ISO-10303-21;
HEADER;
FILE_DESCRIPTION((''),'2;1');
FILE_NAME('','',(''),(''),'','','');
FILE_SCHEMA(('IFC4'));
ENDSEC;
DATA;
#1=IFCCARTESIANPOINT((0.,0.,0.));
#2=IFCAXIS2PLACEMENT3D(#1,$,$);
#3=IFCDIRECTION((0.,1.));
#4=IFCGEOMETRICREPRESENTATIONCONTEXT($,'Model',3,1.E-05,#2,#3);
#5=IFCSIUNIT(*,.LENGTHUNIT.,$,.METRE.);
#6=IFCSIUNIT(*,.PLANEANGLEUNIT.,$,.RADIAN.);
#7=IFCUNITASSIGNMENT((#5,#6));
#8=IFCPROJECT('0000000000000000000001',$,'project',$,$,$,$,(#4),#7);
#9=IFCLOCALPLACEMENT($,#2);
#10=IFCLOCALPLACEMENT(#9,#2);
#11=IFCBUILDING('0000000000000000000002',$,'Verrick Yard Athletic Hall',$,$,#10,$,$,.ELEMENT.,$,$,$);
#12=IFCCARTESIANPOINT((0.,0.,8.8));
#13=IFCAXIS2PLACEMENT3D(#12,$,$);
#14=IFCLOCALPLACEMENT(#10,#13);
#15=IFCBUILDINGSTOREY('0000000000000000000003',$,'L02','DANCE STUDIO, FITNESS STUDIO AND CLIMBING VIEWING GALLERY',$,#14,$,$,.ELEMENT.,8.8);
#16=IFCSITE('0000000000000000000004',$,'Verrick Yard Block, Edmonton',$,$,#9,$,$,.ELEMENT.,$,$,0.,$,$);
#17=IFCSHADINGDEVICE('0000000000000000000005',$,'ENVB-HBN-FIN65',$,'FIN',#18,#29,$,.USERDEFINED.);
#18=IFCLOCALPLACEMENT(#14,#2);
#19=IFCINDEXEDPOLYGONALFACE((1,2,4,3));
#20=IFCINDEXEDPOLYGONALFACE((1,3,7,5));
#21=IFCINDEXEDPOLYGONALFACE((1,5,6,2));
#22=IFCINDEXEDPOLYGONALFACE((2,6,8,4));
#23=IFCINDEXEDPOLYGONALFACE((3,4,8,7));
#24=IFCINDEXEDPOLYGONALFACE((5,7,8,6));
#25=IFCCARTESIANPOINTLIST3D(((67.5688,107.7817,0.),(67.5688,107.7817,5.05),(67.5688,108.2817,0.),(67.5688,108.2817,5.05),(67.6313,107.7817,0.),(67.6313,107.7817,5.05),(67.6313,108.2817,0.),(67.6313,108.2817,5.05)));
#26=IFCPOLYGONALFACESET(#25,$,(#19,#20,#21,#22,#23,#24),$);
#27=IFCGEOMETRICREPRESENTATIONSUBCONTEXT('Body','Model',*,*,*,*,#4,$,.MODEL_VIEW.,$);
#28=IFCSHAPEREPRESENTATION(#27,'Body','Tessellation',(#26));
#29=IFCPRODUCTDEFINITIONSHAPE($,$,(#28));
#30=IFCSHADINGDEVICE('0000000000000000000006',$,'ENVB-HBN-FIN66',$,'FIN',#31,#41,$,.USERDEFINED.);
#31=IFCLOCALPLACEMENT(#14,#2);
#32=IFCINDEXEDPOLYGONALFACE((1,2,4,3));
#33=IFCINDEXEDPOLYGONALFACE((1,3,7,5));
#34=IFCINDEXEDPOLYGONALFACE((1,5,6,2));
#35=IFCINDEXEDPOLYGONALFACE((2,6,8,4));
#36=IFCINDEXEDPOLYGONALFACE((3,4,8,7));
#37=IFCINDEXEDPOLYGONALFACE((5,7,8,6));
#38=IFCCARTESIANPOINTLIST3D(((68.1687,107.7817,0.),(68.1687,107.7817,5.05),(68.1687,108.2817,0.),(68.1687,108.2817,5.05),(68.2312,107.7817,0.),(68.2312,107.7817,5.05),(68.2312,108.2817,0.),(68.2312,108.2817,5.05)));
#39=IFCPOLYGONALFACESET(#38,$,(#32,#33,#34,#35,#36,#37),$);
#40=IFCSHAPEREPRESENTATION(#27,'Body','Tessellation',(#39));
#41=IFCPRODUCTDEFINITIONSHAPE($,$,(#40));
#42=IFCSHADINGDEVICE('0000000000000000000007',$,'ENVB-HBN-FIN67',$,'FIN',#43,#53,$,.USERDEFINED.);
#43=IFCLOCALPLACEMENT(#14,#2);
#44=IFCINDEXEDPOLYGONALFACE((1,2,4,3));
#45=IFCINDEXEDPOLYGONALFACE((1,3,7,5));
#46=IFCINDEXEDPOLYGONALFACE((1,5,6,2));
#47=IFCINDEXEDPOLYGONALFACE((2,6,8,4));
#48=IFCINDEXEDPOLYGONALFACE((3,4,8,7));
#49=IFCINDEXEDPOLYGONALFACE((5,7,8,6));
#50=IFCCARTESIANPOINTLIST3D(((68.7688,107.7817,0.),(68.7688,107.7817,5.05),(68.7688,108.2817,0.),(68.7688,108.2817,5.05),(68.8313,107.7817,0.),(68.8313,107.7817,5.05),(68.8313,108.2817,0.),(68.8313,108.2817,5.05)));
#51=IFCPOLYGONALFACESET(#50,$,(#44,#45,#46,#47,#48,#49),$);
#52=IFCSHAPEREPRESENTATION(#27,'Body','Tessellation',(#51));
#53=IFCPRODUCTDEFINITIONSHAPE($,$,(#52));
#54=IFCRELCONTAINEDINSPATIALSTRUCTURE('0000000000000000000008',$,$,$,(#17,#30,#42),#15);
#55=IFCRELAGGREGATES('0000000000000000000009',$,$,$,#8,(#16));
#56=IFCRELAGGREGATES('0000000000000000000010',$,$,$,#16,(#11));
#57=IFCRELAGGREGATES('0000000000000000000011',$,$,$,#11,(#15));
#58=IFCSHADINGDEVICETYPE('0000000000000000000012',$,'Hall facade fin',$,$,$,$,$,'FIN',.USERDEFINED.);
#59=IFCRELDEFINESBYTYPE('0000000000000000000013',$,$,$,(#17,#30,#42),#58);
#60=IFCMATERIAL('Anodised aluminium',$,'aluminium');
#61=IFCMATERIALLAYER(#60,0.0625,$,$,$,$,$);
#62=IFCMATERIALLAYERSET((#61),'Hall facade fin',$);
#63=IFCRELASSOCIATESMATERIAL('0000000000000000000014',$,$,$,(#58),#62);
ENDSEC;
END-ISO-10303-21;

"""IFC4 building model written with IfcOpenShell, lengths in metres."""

from ifc_helpers import new_model, si_unit, direction, frame, origin, place, context, subcontext, project, spatial, polyline, outline, extrude, material, layer, layer_set, type_object, element, save


model = new_model("IFC4")

# Units and contexts
model_context = context("Model", 3, precision=1e-05, world=origin(), true_north=direction((0.0, 1.0)))
body_context = subcontext(model_context, "Body", "Model", "MODEL_VIEW")
ifc_project = project(units=[si_unit("LENGTHUNIT", "METRE"), si_unit("PLANEANGLEUNIT", "RADIAN")], contexts=[model_context])

# Site, building, storey
site_placement = place(None, origin())
site = spatial("IfcSite", under=ifc_project, at=site_placement, Name="Verrick Yard Block, Edmonton", CompositionType="ELEMENT", RefElevation=0.0)
building_placement = place(site_placement, origin())
building = spatial("IfcBuilding", under=site, at=building_placement, Name="Verrick Yard Athletic Hall", CompositionType="ELEMENT")
storey_placement = place(building_placement, frame((0.0, 0.0, 8.8)))
storey = spatial("IfcBuildingStorey", under=building, at=storey_placement, Name="L02", Description="DANCE STUDIO, FITNESS STUDIO AND CLIMBING VIEWING GALLERY", CompositionType="ELEMENT", Elevation=8.8)

# Shared definitions
ifc_material_1 = material(Name="Anodised aluminium", Category="aluminium")

# Shading devices
ifc_layer_1 = layer(ifc_material_1, 0.0625)
ifc_layer_set_1 = layer_set([ifc_layer_1], Name="Hall facade fin")
shading_device_type = type_object("IfcShadingDeviceType", Name="Hall facade fin", ElementType="FIN", PredefinedType="USERDEFINED", material=ifc_layer_set_1)
for number, where, z_axis, x_axis, name in (
    (1, (67.6001, 107.7817, 0.0), (0.0, 0.0, 1.0), (0.0, 1.0, 0.0), "ENVB-HBN-FIN65"),
    (2, (68.2, 107.7817, 0.0), (0.0, 0.0, 1.0), (0.0, 1.0, 0.0), "ENVB-HBN-FIN66"),
    (3, (68.8, 107.7817, 0.0), (0.0, 0.0, 1.0), (0.0, 1.0, 0.0), "ENVB-HBN-FIN67"),
):
    element("IfcShadingDevice", number, at=place(storey_placement, frame(where, z_axis=z_axis, x_axis=x_axis)), inside=storey, type_object=shading_device_type, Name=name, ObjectType="FIN", PredefinedType="USERDEFINED", context=body_context, shape_type="SweptSolid", body=[
        extrude(outline(polyline([(0.0, 0.0), (0.5, 0.0), (0.5, 5.05), (0.0, 5.05), (0.0, 0.0)])), frame((0.0, 0.0312, 0.0), z_axis=(0.0, -1.0, 0.0), x_axis=(1.0, 0.0, 0.0)), (0.0, 0.0, 1.0), 0.0625),
    ])

save(model, "model.ifc")
